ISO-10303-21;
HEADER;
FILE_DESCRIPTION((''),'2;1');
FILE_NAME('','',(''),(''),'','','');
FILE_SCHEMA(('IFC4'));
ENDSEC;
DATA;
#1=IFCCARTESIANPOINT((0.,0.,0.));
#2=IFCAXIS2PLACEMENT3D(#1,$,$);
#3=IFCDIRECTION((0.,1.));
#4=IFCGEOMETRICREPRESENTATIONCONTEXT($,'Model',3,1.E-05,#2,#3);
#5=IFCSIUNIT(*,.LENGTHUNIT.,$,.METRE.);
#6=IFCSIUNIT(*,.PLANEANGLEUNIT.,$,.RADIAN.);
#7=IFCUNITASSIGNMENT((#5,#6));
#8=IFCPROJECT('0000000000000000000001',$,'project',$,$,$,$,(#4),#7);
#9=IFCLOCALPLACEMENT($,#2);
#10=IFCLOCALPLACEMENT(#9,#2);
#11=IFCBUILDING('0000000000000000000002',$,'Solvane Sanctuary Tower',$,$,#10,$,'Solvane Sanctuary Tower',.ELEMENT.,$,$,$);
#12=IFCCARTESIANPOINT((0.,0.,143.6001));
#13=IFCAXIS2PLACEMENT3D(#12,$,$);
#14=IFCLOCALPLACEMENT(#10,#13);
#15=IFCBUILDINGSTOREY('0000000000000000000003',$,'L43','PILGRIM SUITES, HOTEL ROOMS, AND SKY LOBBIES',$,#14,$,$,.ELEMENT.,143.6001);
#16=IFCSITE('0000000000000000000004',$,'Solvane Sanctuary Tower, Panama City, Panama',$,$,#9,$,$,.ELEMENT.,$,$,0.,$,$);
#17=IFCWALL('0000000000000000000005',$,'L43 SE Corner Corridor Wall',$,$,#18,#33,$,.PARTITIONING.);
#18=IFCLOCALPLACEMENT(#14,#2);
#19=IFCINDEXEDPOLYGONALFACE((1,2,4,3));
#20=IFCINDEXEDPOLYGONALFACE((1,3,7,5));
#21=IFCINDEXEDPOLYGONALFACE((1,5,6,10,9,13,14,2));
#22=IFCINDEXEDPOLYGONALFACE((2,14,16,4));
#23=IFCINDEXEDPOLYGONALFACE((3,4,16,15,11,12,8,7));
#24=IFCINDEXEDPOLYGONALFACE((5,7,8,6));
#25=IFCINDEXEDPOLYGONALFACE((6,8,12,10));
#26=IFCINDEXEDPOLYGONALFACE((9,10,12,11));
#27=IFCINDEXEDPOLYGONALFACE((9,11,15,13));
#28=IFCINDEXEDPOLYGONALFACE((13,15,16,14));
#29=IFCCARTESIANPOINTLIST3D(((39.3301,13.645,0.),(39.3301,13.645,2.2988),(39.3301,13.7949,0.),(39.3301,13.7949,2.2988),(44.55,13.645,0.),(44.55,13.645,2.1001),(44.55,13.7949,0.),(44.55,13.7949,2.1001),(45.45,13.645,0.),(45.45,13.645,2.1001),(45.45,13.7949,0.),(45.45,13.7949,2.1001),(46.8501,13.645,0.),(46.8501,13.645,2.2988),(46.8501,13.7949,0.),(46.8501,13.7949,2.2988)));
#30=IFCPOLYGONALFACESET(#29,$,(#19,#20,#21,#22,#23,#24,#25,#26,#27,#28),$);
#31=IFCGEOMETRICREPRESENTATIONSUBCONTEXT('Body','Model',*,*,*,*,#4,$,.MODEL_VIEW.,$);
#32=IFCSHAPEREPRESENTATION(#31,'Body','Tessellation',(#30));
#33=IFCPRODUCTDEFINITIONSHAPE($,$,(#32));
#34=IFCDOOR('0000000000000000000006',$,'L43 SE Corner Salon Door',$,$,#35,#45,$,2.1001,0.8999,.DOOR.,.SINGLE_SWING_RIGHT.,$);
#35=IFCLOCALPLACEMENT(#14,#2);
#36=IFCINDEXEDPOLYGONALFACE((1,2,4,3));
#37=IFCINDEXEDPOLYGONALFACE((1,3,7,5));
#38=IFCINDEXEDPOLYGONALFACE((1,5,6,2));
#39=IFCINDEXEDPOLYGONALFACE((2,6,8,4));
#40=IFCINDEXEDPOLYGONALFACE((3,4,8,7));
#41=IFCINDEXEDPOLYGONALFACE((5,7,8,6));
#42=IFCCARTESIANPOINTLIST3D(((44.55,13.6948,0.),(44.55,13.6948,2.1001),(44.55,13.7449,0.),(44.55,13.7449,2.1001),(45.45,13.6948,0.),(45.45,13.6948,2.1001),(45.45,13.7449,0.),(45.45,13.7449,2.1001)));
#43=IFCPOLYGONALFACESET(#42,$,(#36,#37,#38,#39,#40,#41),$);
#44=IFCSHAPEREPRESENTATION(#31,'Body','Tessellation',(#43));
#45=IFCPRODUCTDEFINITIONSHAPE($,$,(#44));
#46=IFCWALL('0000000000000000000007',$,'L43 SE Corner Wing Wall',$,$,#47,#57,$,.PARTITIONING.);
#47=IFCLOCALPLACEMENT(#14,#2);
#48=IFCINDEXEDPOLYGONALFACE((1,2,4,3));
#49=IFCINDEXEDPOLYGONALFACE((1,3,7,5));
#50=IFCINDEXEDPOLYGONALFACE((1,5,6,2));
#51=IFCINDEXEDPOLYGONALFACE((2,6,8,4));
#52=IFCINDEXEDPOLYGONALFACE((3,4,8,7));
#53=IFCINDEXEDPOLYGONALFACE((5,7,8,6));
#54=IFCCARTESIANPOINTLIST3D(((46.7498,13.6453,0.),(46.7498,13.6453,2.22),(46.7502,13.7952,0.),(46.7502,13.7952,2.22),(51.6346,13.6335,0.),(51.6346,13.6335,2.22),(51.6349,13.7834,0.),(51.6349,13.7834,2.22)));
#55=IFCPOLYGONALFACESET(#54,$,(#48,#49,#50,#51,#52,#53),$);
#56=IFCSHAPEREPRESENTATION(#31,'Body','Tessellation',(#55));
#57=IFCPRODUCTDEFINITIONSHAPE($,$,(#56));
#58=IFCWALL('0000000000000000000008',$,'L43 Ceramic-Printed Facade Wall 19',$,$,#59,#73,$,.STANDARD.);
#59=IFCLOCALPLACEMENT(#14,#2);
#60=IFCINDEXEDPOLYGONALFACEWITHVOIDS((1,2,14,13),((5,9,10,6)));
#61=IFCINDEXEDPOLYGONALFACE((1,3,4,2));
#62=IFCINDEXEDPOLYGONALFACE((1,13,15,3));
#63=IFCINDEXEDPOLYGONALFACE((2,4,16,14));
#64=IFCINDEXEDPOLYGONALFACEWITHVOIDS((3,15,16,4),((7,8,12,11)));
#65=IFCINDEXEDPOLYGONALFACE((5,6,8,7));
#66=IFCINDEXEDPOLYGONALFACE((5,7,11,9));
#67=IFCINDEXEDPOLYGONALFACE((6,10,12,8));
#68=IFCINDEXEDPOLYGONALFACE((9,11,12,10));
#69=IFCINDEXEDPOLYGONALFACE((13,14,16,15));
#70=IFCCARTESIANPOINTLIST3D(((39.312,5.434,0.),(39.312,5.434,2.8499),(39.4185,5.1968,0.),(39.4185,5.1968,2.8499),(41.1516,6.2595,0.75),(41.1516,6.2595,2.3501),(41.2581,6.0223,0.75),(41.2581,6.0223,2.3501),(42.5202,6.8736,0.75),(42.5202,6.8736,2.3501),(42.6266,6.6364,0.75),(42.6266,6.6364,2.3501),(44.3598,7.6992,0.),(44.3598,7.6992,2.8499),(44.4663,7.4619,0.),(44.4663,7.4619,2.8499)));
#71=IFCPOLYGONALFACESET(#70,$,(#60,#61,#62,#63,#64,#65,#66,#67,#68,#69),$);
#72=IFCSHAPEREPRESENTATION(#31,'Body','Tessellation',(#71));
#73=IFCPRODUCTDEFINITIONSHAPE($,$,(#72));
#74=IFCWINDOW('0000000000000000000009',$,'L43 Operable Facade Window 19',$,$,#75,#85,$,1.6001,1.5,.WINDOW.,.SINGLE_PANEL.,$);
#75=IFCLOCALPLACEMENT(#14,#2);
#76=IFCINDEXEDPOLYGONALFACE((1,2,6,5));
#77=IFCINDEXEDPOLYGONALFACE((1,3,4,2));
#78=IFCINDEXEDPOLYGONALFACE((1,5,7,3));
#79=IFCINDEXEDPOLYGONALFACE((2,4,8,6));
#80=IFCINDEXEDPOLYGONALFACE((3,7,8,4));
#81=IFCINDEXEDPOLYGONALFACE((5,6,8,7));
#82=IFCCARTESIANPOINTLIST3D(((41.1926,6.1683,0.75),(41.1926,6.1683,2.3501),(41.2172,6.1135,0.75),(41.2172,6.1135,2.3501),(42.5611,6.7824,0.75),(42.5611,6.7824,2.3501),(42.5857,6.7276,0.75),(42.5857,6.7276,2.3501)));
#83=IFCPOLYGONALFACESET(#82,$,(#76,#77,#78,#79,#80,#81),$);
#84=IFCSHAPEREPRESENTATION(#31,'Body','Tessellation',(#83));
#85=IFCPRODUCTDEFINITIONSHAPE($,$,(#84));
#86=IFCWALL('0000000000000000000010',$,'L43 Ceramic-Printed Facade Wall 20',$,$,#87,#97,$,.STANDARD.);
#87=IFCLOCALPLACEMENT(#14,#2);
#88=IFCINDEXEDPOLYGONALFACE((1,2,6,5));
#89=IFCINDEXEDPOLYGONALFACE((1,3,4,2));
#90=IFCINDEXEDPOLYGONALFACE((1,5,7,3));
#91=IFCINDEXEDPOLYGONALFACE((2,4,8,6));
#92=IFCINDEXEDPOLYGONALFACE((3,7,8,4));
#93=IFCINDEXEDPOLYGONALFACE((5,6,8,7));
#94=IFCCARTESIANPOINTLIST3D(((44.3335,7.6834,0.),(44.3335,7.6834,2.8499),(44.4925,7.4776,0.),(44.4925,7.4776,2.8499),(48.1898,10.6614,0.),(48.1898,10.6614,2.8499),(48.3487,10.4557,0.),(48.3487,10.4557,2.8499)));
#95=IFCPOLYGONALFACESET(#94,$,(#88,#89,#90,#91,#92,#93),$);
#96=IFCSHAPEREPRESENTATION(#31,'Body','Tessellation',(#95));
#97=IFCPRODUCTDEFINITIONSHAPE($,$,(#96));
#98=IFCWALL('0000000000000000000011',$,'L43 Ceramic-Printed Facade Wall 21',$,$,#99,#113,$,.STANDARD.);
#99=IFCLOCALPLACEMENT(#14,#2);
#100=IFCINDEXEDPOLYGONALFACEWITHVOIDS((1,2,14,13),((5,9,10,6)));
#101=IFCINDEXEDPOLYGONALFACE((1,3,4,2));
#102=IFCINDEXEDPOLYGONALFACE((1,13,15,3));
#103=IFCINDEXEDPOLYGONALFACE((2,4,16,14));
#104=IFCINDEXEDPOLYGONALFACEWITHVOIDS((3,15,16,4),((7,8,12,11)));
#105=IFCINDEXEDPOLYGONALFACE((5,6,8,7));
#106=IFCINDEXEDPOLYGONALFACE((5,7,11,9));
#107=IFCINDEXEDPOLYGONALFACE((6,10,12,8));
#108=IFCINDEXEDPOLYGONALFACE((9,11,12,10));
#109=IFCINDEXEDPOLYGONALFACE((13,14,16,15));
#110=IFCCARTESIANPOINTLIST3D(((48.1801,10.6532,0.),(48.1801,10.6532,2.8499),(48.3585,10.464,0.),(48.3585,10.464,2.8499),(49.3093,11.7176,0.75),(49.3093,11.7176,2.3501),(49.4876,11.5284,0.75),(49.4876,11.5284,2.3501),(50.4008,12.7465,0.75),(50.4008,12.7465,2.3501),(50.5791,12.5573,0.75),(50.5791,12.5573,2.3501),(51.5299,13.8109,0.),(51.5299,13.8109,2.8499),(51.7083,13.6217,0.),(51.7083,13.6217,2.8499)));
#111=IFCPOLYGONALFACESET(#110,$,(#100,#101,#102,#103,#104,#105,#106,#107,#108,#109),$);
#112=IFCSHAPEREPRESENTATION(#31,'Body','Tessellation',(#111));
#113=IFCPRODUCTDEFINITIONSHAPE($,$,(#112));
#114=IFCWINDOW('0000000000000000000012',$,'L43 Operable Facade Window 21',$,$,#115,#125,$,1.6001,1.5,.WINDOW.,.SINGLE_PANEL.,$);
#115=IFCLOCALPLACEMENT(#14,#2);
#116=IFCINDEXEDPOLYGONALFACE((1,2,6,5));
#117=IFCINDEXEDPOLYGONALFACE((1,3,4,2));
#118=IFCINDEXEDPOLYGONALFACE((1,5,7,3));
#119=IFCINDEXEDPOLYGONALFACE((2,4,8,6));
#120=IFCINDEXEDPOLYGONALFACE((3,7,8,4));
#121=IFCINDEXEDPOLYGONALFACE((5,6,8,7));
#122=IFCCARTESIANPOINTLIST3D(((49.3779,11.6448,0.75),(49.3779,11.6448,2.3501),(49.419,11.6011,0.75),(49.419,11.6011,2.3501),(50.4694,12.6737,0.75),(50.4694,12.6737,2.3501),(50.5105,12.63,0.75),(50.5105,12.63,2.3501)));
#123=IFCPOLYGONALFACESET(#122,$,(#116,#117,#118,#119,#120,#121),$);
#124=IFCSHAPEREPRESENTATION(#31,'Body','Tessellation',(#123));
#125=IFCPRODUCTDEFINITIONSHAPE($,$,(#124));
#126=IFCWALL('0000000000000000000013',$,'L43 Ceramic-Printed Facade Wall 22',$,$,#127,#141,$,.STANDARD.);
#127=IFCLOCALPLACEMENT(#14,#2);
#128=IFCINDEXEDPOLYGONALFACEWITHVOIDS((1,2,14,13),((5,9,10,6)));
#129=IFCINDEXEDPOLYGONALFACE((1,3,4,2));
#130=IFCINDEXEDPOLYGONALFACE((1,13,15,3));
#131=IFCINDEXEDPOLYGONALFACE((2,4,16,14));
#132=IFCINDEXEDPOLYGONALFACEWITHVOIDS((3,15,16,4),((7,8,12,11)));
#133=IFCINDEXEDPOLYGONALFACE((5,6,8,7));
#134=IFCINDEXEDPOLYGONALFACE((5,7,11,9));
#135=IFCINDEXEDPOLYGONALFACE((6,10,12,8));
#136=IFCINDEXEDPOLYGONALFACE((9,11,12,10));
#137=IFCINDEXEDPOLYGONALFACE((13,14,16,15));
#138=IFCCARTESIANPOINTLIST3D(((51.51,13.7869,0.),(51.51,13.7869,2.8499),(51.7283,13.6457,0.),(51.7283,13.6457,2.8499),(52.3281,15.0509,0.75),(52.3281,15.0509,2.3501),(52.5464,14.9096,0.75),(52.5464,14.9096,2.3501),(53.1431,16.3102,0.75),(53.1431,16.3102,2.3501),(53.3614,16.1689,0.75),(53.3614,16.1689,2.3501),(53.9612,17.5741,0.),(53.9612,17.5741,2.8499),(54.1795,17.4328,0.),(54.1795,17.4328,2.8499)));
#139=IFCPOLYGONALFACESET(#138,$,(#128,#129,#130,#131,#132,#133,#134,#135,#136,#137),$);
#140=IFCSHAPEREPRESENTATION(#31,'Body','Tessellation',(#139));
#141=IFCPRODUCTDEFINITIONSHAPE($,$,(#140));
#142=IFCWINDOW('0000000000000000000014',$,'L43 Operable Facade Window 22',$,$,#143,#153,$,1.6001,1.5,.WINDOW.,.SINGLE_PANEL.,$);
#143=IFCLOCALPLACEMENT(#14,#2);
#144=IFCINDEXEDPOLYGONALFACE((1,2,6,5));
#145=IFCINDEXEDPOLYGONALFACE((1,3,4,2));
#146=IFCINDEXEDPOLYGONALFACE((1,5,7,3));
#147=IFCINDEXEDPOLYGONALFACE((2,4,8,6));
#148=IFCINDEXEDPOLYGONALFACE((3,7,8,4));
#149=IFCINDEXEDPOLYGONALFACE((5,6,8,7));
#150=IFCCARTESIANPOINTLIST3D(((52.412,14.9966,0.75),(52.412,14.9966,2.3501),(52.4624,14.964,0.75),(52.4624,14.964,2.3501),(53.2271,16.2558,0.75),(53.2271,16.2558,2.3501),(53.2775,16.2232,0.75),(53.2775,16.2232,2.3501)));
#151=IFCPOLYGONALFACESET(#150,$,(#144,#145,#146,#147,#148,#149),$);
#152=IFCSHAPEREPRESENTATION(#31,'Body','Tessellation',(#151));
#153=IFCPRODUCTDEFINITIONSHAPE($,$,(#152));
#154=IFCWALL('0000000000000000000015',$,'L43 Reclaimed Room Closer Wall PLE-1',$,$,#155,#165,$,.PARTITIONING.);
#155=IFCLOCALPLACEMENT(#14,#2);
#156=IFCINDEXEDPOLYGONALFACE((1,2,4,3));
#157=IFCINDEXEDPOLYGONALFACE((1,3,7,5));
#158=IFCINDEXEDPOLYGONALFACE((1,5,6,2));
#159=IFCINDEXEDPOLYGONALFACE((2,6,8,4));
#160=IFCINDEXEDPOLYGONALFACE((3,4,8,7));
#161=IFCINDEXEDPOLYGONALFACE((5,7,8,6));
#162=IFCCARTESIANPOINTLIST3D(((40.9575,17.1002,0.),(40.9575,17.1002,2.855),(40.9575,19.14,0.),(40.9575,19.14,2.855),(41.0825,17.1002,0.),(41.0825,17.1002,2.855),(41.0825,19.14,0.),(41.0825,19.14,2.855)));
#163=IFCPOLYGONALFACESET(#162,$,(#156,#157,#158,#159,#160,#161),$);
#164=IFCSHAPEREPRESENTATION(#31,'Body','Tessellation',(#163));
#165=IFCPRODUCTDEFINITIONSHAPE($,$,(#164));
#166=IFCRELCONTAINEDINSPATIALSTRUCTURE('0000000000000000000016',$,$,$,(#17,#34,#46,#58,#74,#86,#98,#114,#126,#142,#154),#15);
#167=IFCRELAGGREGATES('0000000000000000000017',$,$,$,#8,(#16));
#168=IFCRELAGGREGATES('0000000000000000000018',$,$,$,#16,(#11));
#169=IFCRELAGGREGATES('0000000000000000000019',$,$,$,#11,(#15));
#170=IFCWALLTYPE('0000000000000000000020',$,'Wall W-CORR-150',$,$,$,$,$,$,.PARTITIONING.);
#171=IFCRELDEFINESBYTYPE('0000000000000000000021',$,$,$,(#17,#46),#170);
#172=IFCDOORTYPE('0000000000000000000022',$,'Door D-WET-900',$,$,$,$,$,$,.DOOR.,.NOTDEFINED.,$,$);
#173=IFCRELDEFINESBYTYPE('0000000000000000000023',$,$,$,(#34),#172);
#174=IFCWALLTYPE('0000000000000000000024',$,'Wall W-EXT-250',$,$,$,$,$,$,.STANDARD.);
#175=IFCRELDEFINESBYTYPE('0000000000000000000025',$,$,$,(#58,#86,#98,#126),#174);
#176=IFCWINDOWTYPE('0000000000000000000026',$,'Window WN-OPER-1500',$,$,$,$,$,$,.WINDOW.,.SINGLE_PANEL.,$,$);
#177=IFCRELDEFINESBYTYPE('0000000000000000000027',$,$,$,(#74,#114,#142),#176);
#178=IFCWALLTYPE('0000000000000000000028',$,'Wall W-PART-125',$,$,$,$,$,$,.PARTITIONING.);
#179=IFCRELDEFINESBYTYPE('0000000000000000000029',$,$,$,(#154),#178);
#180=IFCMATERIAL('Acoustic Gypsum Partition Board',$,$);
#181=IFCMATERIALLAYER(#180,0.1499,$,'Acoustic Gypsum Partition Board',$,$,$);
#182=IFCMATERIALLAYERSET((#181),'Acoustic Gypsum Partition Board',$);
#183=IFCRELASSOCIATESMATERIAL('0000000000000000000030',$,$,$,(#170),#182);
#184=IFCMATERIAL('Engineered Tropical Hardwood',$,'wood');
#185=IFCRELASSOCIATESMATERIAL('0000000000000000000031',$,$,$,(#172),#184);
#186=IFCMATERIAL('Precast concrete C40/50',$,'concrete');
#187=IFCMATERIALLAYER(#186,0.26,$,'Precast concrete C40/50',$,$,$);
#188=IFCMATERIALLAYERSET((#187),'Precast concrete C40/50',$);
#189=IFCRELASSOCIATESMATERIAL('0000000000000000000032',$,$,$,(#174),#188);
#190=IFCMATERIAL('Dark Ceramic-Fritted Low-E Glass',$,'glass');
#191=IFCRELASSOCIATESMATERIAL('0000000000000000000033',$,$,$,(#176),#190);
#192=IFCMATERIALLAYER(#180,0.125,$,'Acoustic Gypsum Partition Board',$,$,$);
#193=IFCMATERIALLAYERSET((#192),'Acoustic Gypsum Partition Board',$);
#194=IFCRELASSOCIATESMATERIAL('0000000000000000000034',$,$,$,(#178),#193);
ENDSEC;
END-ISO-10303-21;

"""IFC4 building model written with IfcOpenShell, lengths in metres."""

from ifc_helpers import new_model, si_unit, direction, frame, frame_2d, origin, place, context, subcontext, project, spatial, rectangle, extrude, material, layer, layer_set, type_object, element, fill, save


model = new_model("IFC4")

# Units and contexts
model_context = context("Model", 3, precision=1e-05, world=origin(), true_north=direction((0.0, 1.0)))
body_context = subcontext(model_context, "Body", "Model", "MODEL_VIEW")
ifc_project = project(units=[si_unit("LENGTHUNIT", "METRE"), si_unit("PLANEANGLEUNIT", "RADIAN")], contexts=[model_context])

# Site, building, storey
site_placement = place(None, origin())
site = spatial("IfcSite", under=ifc_project, at=site_placement, Name="Solvane Sanctuary Tower, Panama City, Panama", CompositionType="ELEMENT", RefElevation=0.0)
building_placement = place(site_placement, origin())
building = spatial("IfcBuilding", under=site, at=building_placement, Name="Solvane Sanctuary Tower", LongName="Solvane Sanctuary Tower", CompositionType="ELEMENT")
storey_placement = place(building_placement, frame((0.0, 0.0, 143.6001)))
storey = spatial("IfcBuildingStorey", under=building, at=storey_placement, Name="L43", Description="PILGRIM SUITES, HOTEL ROOMS, AND SKY LOBBIES", CompositionType="ELEMENT", Elevation=143.6001)

# Wall, opening, door
ifc_material_1 = material(Name="Acoustic Gypsum Partition Board")
ifc_layer_1 = layer(ifc_material_1, 0.1499, Name="Acoustic Gypsum Partition Board")
ifc_layer_set_1 = layer_set([ifc_layer_1], Name="Acoustic Gypsum Partition Board")
wall_type_1 = type_object("IfcWallType", Name="Wall W-CORR-150", PredefinedType="PARTITIONING", material=ifc_layer_set_1)
wall_1_placement = place(storey_placement, frame((39.3301, 13.72, 0.0), z_axis=(0.0, 0.0, 1.0), x_axis=(1.0, 0.0, 0.0)))
wall_1 = element("IfcWall", 1, at=wall_1_placement, inside=storey, type_object=wall_type_1, Name="L43 SE Corner Corridor Wall", PredefinedType="PARTITIONING", context=body_context, shape_type="SweptSolid", body=[
    extrude(rectangle(XDim=7.52, YDim=0.1499, at=frame_2d((3.76, 0.0))), origin(), (0.0, 0.0, 1.0), 2.2988),
])
opening_1_placement = place(wall_1_placement, frame((5.22, 0.0, 0.0)))
opening_1 = element("IfcOpeningElement", 2, at=opening_1_placement, cuts=wall_1, PredefinedType="OPENING", context=body_context, shape_type="SweptSolid", body=[
    extrude(rectangle(XDim=0.8999, YDim=2.1001, at=frame_2d((0.45, 1.05))), frame((0.0, 0.085, 0.0), z_axis=(0.0, -1.0, 0.0), x_axis=(1.0, 0.0, 0.0)), (0.0, 0.0, 1.0), 0.1699),
])
ifc_material_2 = material(Name="Engineered Tropical Hardwood", Category="wood")
door_type = type_object("IfcDoorType", Name="Door D-WET-900", OperationType="NOTDEFINED", PredefinedType="DOOR", material=ifc_material_2)
door_placement = place(opening_1_placement, origin())
door = element("IfcDoor", 3, at=door_placement, inside=storey, type_object=door_type, Name="L43 SE Corner Salon Door", OperationType="SINGLE_SWING_RIGHT", OverallHeight=2.1001, OverallWidth=0.8999, PredefinedType="DOOR", context=body_context, shape_type="SweptSolid", body=[
    extrude(rectangle(XDim=0.8999, YDim=2.1001, at=frame_2d((0.45, 1.05))), frame((0.0, 0.0249, 0.0), z_axis=(0.0, -1.0, 0.0), x_axis=(1.0, 0.0, 0.0)), (0.0, 0.0, 1.0), 0.05),
])
fill(opening_1, door)

# Wall
wall_2_placement = place(storey_placement, frame((46.75, 13.7202, 0.0), z_axis=(0.0, 0.0, 1.0), x_axis=(0.999997, -0.002399, 0.0)))
element("IfcWall", 4, at=wall_2_placement, inside=storey, type_object=wall_type_1, Name="L43 SE Corner Wing Wall", PredefinedType="PARTITIONING", context=body_context, shape_type="SweptSolid", body=[
    extrude(rectangle(XDim=4.8848, YDim=0.1499, at=frame_2d((2.4424, 0.0))), origin(), (0.0, 0.0, 1.0), 2.22),
])

# Wall, opening, window
ifc_material_3 = material(Name="Precast concrete C40/50", Category="concrete")
ifc_layer_2 = layer(ifc_material_3, 0.26, Name="Precast concrete C40/50")
ifc_layer_set_2 = layer_set([ifc_layer_2], Name="Precast concrete C40/50")
wall_type_2 = type_object("IfcWallType", Name="Wall W-EXT-250", PredefinedType="STANDARD", material=ifc_layer_set_2)
wall_3_placement = place(storey_placement, frame((39.3652, 5.3154, 0.0), z_axis=(0.0, 0.0, 1.0), x_axis=(0.912354, 0.409403, 0.0)))
wall_3 = element("IfcWall", 5, at=wall_3_placement, inside=storey, type_object=wall_type_2, Name="L43 Ceramic-Printed Facade Wall 19", PredefinedType="STANDARD", context=body_context, shape_type="SweptSolid", body=[
    extrude(rectangle(XDim=5.5327, YDim=0.26, at=frame_2d((2.7664, 0.0))), origin(), (0.0, 0.0, 1.0), 2.8499),
])
opening_2_placement = place(wall_3_placement, frame((2.0164, 0.0, 0.75)))
opening_2 = element("IfcOpeningElement", 6, at=opening_2_placement, cuts=wall_3, PredefinedType="OPENING", context=body_context, shape_type="SweptSolid", body=[
    extrude(rectangle(XDim=1.5, YDim=1.6001, at=frame_2d((0.75, 0.8))), frame((0.0, 0.1399, 0.0), z_axis=(0.0, -1.0, 0.0), x_axis=(1.0, 0.0, 0.0)), (0.0, 0.0, 1.0), 0.28),
])
ifc_material_4 = material(Name="Dark Ceramic-Fritted Low-E Glass", Category="glass")
window_type = type_object("IfcWindowType", Name="Window WN-OPER-1500", PartitioningType="SINGLE_PANEL", PredefinedType="WINDOW", material=ifc_material_4)
window_1_placement = place(opening_2_placement, origin())
window_1 = element("IfcWindow", 7, at=window_1_placement, inside=storey, type_object=window_type, Name="L43 Operable Facade Window 19", OverallHeight=1.6001, OverallWidth=1.5, PartitioningType="SINGLE_PANEL", PredefinedType="WINDOW", context=body_context, shape_type="SweptSolid", body=[
    extrude(rectangle(XDim=1.5, YDim=1.6001, at=frame_2d((0.75, 0.8))), frame((0.0, 0.03, 0.0), z_axis=(0.0, -1.0, 0.0), x_axis=(1.0, 0.0, 0.0)), (0.0, 0.0, 1.0), 0.0601),
])
fill(opening_2, window_1)

# Wall
wall_4_placement = place(storey_placement, frame((44.4131, 7.5806, 0.0), z_axis=(0.0, 0.0, 1.0), x_axis=(0.79146, 0.611221, 0.0)))
element("IfcWall", 8, at=wall_4_placement, inside=storey, type_object=wall_type_2, Name="L43 Ceramic-Printed Facade Wall 20", PredefinedType="STANDARD", context=body_context, shape_type="SweptSolid", body=[
    extrude(rectangle(XDim=4.8723, YDim=0.26, at=frame_2d((2.436, 0.0))), origin(), (0.0, 0.0, 1.0), 2.8499),
])

# Walls, openings, windows
wall_5_placement = place(storey_placement, frame((48.2693, 10.5586, 0.0), z_axis=(0.0, 0.0, 1.0), x_axis=(0.727667, 0.68593, 0.0)))
wall_5 = element("IfcWall", 9, at=wall_5_placement, inside=storey, type_object=wall_type_2, Name="L43 Ceramic-Printed Facade Wall 21", PredefinedType="STANDARD", context=body_context, shape_type="SweptSolid", body=[
    extrude(rectangle(XDim=4.6035, YDim=0.26, at=frame_2d((2.3018, 0.0))), origin(), (0.0, 0.0, 1.0), 2.8499),
])
opening_3_placement = place(wall_5_placement, frame((1.5518, 0.0, 0.75)))
opening_3 = element("IfcOpeningElement", 10, at=opening_3_placement, cuts=wall_5, PredefinedType="OPENING", context=body_context, shape_type="SweptSolid", body=[
    extrude(rectangle(XDim=1.5, YDim=1.6001, at=frame_2d((0.75, 0.8))), frame((0.0, 0.1399, 0.0), z_axis=(0.0, -1.0, 0.0), x_axis=(1.0, 0.0, 0.0)), (0.0, 0.0, 1.0), 0.28),
])
window_2_placement = place(opening_3_placement, origin())
window_2 = element("IfcWindow", 11, at=window_2_placement, inside=storey, type_object=window_type, Name="L43 Operable Facade Window 21", OverallHeight=1.6001, OverallWidth=1.5, PartitioningType="SINGLE_PANEL", PredefinedType="WINDOW", context=body_context, shape_type="SweptSolid", body=[
    extrude(rectangle(XDim=1.5, YDim=1.6001, at=frame_2d((0.75, 0.8))), frame((0.0, 0.03, 0.0), z_axis=(0.0, -1.0, 0.0), x_axis=(1.0, 0.0, 0.0)), (0.0, 0.0, 1.0), 0.0601),
])
fill(opening_3, window_2)
wall_6_placement = place(storey_placement, frame((51.6191, 13.7163, 0.0), z_axis=(0.0, 0.0, 1.0), x_axis=(0.543359, 0.8395, 0.0)))
wall_6 = element("IfcWall", 12, at=wall_6_placement, inside=storey, type_object=wall_type_2, Name="L43 Ceramic-Printed Facade Wall 22", PredefinedType="STANDARD", context=body_context, shape_type="SweptSolid", body=[
    extrude(rectangle(XDim=4.5112, YDim=0.26, at=frame_2d((2.2556, 0.0))), origin(), (0.0, 0.0, 1.0), 2.8499),
])
opening_4_placement = place(wall_6_placement, frame((1.5056, 0.0, 0.75)))
opening_4 = element("IfcOpeningElement", 13, at=opening_4_placement, cuts=wall_6, PredefinedType="OPENING", context=body_context, shape_type="SweptSolid", body=[
    extrude(rectangle(XDim=1.5, YDim=1.6001, at=frame_2d((0.75, 0.8))), frame((0.0, 0.1399, 0.0), z_axis=(0.0, -1.0, 0.0), x_axis=(1.0, 0.0, 0.0)), (0.0, 0.0, 1.0), 0.28),
])
window_3_placement = place(opening_4_placement, origin())
window_3 = element("IfcWindow", 14, at=window_3_placement, inside=storey, type_object=window_type, Name="L43 Operable Facade Window 22", OverallHeight=1.6001, OverallWidth=1.5, PartitioningType="SINGLE_PANEL", PredefinedType="WINDOW", context=body_context, shape_type="SweptSolid", body=[
    extrude(rectangle(XDim=1.5, YDim=1.6001, at=frame_2d((0.75, 0.8))), frame((0.0, 0.03, 0.0), z_axis=(0.0, -1.0, 0.0), x_axis=(1.0, 0.0, 0.0)), (0.0, 0.0, 1.0), 0.0601),
])
fill(opening_4, window_3)

# Wall
ifc_layer_3 = layer(ifc_material_1, 0.125, Name="Acoustic Gypsum Partition Board")
ifc_layer_set_3 = layer_set([ifc_layer_3], Name="Acoustic Gypsum Partition Board")
wall_type_3 = type_object("IfcWallType", Name="Wall W-PART-125", PredefinedType="PARTITIONING", material=ifc_layer_set_3)
wall_7_placement = place(storey_placement, frame((41.02, 17.1001, 0.0), z_axis=(0.0, 0.0, 1.0), x_axis=(0.0, 1.0, 0.0)))
element("IfcWall", 15, at=wall_7_placement, inside=storey, type_object=wall_type_3, Name="L43 Reclaimed Room Closer Wall PLE-1", PredefinedType="PARTITIONING", context=body_context, shape_type="SweptSolid", body=[
    extrude(rectangle(XDim=2.0398, YDim=0.125, at=frame_2d((1.02, 0.0))), origin(), (0.0, 0.0, 1.0), 2.855),
])

save(model, "model.ifc")
